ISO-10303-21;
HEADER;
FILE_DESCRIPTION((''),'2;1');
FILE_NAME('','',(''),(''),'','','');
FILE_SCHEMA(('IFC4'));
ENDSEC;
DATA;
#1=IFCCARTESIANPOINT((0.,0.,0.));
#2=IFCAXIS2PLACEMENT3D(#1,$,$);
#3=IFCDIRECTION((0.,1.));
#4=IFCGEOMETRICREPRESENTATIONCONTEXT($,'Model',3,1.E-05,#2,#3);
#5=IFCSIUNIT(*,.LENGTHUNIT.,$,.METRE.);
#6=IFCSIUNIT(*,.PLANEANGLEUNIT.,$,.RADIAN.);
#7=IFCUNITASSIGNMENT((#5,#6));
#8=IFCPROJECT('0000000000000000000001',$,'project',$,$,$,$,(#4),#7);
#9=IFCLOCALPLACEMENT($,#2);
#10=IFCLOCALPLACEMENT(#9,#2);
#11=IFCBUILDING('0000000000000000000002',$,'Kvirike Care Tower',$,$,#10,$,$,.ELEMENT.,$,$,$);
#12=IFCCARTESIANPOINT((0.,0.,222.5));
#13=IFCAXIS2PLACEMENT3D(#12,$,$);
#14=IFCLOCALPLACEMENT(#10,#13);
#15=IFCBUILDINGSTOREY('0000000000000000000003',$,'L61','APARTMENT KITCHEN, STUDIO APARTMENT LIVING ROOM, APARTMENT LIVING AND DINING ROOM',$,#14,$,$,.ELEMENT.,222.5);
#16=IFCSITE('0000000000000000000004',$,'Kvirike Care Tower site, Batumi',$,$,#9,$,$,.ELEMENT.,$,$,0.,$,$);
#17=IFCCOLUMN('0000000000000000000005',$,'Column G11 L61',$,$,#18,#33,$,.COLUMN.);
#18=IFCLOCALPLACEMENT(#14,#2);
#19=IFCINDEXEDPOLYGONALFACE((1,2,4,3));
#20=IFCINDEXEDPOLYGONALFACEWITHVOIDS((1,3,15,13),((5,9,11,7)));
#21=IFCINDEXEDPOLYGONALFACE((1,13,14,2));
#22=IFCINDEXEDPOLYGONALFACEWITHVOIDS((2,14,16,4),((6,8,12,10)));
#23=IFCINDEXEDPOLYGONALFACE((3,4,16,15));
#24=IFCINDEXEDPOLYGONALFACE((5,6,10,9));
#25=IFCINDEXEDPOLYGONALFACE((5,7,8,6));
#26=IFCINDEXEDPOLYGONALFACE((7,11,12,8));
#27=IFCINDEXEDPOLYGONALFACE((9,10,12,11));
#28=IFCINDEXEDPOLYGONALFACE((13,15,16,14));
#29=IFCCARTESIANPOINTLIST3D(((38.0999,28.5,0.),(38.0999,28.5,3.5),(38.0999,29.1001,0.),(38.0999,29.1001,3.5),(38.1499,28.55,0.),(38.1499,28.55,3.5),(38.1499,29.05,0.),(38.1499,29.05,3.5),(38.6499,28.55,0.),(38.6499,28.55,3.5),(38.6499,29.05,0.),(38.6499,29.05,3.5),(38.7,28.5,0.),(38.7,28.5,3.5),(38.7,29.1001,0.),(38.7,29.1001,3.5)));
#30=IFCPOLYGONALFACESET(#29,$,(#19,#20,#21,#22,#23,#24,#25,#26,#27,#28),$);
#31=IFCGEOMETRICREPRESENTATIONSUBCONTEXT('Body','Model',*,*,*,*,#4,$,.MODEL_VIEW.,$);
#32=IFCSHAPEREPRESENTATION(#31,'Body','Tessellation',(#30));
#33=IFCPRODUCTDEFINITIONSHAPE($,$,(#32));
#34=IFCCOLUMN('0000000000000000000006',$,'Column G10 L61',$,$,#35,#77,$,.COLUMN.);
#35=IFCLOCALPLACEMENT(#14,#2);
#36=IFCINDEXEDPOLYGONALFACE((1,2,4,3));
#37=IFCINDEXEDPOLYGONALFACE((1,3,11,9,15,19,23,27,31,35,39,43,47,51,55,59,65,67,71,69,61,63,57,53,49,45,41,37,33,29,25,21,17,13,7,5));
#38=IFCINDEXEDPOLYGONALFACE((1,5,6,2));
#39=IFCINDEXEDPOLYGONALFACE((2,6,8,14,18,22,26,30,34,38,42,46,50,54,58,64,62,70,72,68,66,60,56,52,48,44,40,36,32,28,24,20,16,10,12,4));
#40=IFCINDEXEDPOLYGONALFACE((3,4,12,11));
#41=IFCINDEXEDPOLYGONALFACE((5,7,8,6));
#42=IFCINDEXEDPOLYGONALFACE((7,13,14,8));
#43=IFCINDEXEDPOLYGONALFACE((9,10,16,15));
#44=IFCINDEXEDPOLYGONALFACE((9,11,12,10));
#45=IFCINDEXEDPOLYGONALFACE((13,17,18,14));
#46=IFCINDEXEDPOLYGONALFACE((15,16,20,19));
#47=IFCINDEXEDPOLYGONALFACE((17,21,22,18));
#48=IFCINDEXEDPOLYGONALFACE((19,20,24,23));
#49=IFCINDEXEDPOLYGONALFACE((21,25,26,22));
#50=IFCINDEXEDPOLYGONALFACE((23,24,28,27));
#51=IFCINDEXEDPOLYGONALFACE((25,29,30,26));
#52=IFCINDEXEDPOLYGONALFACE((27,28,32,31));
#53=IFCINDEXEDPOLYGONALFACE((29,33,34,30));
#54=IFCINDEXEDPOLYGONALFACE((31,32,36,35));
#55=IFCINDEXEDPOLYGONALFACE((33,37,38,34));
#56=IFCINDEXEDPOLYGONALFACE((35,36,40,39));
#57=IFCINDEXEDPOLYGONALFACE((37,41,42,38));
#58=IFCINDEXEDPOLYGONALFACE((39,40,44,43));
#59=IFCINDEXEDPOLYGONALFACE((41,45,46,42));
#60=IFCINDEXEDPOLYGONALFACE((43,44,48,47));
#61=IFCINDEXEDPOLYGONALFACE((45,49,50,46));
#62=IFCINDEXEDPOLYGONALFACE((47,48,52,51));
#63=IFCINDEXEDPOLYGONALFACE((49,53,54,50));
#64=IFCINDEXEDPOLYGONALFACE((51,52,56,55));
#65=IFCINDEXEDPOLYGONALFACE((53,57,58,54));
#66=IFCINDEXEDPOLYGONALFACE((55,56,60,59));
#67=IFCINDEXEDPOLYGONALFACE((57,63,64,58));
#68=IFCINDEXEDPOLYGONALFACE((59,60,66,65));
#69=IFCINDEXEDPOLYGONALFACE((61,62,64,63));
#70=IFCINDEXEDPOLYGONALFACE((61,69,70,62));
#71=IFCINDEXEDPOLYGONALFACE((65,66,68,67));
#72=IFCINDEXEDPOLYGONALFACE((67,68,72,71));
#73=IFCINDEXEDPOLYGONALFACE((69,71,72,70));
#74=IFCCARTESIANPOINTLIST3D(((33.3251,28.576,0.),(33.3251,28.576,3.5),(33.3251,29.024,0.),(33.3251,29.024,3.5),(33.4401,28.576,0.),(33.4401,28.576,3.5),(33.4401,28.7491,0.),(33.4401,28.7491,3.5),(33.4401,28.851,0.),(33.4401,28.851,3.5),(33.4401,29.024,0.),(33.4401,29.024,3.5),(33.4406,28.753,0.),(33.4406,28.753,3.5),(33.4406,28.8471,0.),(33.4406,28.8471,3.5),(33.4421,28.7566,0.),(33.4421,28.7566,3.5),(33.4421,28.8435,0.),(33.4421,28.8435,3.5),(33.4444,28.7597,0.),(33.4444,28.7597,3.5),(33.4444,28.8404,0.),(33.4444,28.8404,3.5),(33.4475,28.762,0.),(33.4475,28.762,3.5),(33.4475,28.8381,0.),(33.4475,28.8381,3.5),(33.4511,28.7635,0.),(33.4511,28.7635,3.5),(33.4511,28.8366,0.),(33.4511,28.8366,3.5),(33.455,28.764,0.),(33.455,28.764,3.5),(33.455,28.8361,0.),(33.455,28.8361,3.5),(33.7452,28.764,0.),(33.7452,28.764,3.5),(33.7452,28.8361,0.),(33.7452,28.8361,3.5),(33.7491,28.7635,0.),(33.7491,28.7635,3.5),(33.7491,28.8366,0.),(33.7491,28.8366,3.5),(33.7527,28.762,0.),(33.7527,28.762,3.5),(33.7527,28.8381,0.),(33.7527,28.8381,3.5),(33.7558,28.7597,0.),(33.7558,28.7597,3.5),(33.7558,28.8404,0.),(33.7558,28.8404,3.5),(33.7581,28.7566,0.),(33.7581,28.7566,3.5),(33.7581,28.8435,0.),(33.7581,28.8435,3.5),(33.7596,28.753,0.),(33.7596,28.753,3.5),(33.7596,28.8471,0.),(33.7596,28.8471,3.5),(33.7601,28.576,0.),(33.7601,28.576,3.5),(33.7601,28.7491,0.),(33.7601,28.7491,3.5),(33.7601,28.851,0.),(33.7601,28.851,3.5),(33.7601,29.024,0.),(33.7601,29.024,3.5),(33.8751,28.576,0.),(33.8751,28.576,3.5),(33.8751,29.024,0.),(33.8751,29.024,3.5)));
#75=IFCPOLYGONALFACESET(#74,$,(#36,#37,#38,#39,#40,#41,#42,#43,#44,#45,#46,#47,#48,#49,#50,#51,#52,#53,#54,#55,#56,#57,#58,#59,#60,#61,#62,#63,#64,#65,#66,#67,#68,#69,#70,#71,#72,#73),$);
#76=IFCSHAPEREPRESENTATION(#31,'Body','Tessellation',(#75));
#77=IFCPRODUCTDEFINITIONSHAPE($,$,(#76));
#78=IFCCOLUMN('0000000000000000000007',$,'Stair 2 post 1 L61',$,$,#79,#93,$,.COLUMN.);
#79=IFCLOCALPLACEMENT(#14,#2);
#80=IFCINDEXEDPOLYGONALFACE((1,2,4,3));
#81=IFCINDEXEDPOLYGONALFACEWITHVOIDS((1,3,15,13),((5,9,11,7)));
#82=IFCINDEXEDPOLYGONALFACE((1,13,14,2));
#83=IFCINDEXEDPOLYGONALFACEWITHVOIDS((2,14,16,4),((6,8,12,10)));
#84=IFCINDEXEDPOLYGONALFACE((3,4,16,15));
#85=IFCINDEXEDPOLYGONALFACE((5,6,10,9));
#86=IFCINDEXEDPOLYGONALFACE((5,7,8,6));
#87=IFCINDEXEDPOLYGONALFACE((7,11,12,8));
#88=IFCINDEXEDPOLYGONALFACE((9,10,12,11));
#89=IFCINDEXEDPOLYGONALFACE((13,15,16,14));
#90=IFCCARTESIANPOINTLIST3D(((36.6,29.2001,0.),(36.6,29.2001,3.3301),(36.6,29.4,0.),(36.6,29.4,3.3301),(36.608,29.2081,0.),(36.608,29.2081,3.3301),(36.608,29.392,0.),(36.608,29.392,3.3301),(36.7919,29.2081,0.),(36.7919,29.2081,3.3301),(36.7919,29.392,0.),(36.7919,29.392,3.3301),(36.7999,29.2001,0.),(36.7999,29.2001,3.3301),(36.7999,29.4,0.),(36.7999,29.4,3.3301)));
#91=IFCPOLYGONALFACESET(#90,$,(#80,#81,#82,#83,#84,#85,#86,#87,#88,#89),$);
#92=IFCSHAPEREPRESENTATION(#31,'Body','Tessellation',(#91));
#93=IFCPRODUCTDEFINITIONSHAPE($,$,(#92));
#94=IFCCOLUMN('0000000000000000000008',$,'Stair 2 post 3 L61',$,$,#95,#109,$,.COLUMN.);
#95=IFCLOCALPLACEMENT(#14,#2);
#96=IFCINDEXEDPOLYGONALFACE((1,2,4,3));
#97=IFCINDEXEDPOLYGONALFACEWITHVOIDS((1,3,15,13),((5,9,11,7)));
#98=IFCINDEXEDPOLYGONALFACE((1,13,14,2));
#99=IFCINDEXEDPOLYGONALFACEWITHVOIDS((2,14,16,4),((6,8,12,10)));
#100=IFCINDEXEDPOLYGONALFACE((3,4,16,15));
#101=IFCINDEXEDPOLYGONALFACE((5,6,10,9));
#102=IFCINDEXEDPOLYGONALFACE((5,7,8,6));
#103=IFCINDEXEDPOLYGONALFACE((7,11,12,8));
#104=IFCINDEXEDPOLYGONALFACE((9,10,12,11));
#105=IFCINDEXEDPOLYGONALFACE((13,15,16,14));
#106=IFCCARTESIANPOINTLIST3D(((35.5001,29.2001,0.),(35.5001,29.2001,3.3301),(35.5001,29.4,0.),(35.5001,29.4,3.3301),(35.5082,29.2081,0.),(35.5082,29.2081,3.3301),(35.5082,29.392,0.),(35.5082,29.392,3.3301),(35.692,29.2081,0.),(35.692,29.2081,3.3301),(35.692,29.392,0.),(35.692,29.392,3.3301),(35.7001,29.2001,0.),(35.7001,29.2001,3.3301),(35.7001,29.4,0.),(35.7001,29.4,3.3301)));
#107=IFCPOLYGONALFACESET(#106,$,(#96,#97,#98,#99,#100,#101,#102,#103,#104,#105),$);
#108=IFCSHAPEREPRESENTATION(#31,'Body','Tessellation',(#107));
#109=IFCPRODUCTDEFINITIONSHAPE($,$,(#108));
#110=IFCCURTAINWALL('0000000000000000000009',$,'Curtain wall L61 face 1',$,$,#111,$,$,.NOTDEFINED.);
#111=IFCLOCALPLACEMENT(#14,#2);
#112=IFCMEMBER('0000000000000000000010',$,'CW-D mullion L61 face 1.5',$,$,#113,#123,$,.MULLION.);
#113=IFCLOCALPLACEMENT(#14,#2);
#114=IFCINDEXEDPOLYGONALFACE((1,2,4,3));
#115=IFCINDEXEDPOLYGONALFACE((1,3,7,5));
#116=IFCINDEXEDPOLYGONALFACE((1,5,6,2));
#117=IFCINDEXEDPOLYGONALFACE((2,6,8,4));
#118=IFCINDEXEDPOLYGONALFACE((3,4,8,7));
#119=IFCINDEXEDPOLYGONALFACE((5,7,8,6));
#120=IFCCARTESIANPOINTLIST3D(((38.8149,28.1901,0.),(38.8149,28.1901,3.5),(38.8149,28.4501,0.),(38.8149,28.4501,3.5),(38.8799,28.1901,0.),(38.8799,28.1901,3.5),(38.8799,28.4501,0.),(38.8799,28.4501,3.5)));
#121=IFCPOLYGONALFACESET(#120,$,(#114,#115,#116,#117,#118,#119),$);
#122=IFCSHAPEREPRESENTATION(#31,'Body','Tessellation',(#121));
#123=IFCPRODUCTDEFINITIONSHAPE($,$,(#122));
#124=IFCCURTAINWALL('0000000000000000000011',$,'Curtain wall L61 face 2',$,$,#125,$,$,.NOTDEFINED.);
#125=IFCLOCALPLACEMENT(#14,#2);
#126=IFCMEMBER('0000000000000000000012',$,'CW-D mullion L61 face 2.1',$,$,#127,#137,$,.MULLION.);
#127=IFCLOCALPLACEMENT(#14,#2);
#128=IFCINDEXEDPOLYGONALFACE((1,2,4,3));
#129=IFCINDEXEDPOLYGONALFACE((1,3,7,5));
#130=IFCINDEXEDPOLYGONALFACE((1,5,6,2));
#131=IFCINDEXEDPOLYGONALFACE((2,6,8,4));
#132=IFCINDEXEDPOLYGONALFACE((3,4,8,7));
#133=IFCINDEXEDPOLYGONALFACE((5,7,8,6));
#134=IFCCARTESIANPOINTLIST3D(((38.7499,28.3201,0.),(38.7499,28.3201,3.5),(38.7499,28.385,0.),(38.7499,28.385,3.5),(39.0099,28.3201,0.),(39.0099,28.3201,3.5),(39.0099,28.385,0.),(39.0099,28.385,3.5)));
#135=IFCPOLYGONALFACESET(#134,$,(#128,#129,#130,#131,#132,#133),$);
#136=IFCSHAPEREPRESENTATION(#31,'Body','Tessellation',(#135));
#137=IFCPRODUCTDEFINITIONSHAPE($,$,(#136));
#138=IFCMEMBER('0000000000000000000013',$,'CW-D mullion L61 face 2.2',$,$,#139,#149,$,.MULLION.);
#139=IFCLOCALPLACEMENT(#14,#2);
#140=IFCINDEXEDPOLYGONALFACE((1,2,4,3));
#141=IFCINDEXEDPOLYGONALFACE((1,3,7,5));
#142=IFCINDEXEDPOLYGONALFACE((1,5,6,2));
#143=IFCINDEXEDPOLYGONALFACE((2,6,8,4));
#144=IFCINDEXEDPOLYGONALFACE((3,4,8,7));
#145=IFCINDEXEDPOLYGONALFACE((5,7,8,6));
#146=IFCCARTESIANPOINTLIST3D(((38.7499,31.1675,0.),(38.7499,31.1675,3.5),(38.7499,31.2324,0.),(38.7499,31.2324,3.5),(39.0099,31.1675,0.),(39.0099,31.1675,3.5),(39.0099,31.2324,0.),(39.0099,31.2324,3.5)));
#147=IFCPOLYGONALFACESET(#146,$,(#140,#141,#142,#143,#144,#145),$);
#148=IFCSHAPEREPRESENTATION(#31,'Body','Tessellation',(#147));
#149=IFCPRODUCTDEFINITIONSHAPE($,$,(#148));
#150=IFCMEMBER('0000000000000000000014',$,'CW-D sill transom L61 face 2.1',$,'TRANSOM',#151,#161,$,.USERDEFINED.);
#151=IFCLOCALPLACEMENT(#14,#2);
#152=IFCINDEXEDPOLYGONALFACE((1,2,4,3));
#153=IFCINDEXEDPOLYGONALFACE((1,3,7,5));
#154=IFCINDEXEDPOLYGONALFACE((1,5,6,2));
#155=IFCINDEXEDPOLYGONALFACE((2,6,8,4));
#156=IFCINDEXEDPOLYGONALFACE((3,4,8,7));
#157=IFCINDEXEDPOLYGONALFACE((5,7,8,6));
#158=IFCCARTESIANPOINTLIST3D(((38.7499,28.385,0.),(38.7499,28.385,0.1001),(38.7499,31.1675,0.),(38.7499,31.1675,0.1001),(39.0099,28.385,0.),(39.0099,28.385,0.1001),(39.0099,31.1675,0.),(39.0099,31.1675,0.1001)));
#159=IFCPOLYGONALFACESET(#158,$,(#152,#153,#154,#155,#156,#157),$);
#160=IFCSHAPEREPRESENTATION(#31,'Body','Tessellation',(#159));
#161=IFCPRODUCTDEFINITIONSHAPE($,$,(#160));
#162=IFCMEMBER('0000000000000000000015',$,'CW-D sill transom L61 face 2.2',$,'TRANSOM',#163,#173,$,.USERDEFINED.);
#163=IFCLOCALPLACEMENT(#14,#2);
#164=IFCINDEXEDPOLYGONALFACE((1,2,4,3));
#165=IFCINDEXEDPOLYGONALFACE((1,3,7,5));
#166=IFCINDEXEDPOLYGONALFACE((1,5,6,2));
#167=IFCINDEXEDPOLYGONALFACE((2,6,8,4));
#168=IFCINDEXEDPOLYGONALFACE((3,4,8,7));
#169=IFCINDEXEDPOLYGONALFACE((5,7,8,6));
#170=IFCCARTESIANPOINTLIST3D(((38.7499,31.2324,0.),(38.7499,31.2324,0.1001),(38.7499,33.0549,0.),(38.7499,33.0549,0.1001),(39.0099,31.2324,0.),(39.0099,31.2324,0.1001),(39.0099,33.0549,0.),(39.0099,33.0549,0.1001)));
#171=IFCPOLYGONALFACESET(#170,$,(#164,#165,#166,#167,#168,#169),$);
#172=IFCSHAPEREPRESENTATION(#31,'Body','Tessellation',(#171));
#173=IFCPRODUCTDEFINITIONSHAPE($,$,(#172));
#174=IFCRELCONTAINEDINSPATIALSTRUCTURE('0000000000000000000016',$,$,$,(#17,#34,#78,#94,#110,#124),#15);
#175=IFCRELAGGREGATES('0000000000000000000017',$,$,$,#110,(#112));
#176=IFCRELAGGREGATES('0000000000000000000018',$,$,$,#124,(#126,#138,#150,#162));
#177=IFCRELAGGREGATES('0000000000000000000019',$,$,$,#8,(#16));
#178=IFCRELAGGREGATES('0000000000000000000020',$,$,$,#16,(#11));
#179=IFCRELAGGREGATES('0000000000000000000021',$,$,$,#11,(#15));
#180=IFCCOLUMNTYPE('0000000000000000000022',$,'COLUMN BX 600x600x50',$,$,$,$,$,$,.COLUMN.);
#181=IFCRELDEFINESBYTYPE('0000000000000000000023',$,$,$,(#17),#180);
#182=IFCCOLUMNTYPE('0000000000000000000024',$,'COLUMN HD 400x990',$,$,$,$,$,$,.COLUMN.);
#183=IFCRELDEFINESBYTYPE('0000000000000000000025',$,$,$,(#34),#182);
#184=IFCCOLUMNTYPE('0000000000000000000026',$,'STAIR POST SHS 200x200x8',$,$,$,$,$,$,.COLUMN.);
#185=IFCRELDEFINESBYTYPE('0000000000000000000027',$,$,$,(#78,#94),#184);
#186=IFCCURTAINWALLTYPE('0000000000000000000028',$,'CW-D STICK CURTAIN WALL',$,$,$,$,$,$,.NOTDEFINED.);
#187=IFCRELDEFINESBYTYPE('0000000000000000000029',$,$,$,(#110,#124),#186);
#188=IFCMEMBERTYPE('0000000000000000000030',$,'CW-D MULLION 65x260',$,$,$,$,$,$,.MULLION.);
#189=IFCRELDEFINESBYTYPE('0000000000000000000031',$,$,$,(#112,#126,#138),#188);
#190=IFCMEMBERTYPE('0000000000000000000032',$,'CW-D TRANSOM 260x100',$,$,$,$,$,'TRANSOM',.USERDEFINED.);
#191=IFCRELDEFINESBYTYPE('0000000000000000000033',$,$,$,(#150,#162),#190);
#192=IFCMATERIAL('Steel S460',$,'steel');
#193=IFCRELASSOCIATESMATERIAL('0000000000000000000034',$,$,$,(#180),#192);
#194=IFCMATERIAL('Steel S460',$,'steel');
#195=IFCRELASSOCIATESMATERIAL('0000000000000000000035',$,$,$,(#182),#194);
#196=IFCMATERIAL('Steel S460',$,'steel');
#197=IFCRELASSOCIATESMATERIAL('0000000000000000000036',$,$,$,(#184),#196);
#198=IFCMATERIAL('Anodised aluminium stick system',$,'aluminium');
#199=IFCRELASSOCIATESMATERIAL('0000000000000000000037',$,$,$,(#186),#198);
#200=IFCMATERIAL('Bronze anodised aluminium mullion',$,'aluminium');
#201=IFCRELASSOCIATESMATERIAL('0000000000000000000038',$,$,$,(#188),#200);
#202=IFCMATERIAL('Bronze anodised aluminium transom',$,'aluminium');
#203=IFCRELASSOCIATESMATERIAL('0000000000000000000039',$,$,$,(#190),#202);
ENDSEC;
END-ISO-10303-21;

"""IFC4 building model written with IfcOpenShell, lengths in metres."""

from ifc_helpers import new_model, si_unit, direction, frame, origin, origin_2d, place, context, subcontext, project, spatial, rectangle, hollow_rectangle, i_section, extrude, material, material_profile, profile_set, type_object, element, aggregate, save


model = new_model("IFC4")

# Units and contexts
model_context = context("Model", 3, precision=1e-05, world=origin(), true_north=direction((0.0, 1.0)))
body_context = subcontext(model_context, "Body", "Model", "MODEL_VIEW")
ifc_project = project(units=[si_unit("LENGTHUNIT", "METRE"), si_unit("PLANEANGLEUNIT", "RADIAN")], contexts=[model_context])

# Site, building, storey
site_placement = place(None, origin())
site = spatial("IfcSite", under=ifc_project, at=site_placement, Name="Kvirike Care Tower site, Batumi", CompositionType="ELEMENT", RefElevation=0.0)
building_placement = place(site_placement, origin())
building = spatial("IfcBuilding", under=site, at=building_placement, Name="Kvirike Care Tower", CompositionType="ELEMENT")
storey_placement = place(building_placement, frame((0.0, 0.0, 222.5)))
storey = spatial("IfcBuildingStorey", under=building, at=storey_placement, Name="L61", Description="APARTMENT KITCHEN, STUDIO APARTMENT LIVING ROOM, APARTMENT LIVING AND DINING ROOM", CompositionType="ELEMENT", Elevation=222.5)

# Columns
ifc_material_1 = material(Name="Steel S460", Category="steel")
ifc_material_profile_1 = material_profile(ifc_material_1, hollow_rectangle(XDim=0.6001, YDim=0.6001, WallThickness=0.05, at=origin_2d()), Name="BX 600x600x50")
ifc_profile_set_1 = profile_set([ifc_material_profile_1], Name="Steel S460")
column_type_1 = type_object("IfcColumnType", Name="COLUMN BX 600x600x50", PredefinedType="COLUMN", material=ifc_profile_set_1)
column_1_placement = place(storey_placement, frame((38.3999, 28.8, 0.0), z_axis=(0.0, 0.0, 1.0), x_axis=(0.0, 1.0, 0.0)))
element("IfcColumn", 1, at=column_1_placement, inside=storey, type_object=column_type_1, Name="Column G11 L61", PredefinedType="COLUMN", context=body_context, shape_type="SweptSolid", body=[
    extrude(hollow_rectangle(XDim=0.6001, YDim=0.6001, WallThickness=0.05, at=origin_2d()), origin(), (0.0, 0.0, 1.0), 3.5),
])
ifc_material_2 = material(Name="Steel S460", Category="steel")
ifc_material_profile_2 = material_profile(ifc_material_2, i_section(OverallWidth=0.448, OverallDepth=0.55, WebThickness=0.072, FlangeThickness=0.115, FilletRadius=0.0149, at=origin_2d()), Name="HD 400x990")
ifc_profile_set_2 = profile_set([ifc_material_profile_2], Name="Steel S460")
column_type_2 = type_object("IfcColumnType", Name="COLUMN HD 400x990", PredefinedType="COLUMN", material=ifc_profile_set_2)
column_2_placement = place(storey_placement, frame((33.6001, 28.8, 0.0), z_axis=(0.0, 0.0, 1.0), x_axis=(0.0, 1.0, 0.0)))
element("IfcColumn", 2, at=column_2_placement, inside=storey, type_object=column_type_2, Name="Column G10 L61", PredefinedType="COLUMN", context=body_context, shape_type="SweptSolid", body=[
    extrude(i_section(OverallWidth=0.448, OverallDepth=0.55, WebThickness=0.072, FlangeThickness=0.115, FilletRadius=0.0149, at=origin_2d()), origin(), (0.0, 0.0, 1.0), 3.5),
])
ifc_material_3 = material(Name="Steel S460", Category="steel")
ifc_material_profile_3 = material_profile(ifc_material_3, hollow_rectangle(XDim=0.2, YDim=0.2, WallThickness=0.0081, at=origin_2d()), Name="SHS 200x200x8")
ifc_profile_set_3 = profile_set([ifc_material_profile_3], Name="Steel S460")
column_type_3 = type_object("IfcColumnType", Name="STAIR POST SHS 200x200x8", PredefinedType="COLUMN", material=ifc_profile_set_3)
for number, where, z_axis, x_axis, name in (
    (3, (36.7, 29.3, 0.0), (0.0, 0.0, 1.0), (1.0, 0.0, 0.0), "Stair 2 post 1 L61"),
    (4, (35.6001, 29.3, 0.0), (0.0, 0.0, 1.0), (1.0, 0.0, 0.0), "Stair 2 post 3 L61"),
):
    element("IfcColumn", number, at=place(storey_placement, frame(where, z_axis=z_axis, x_axis=x_axis)), inside=storey, type_object=column_type_3, Name=name, PredefinedType="COLUMN", context=body_context, shape_type="SweptSolid", body=[
        extrude(hollow_rectangle(XDim=0.2, YDim=0.2, WallThickness=0.0081, at=origin_2d()), origin(), (0.0, 0.0, 1.0), 3.3301),
    ])

# Curtain wall, member
ifc_material_4 = material(Name="Anodised aluminium stick system", Category="aluminium")
curtain_wall_type = type_object("IfcCurtainWallType", Name="CW-D STICK CURTAIN WALL", PredefinedType="NOTDEFINED", material=ifc_material_4)
curtain_wall_1_placement = place(storey_placement, origin())
curtain_wall_1 = element("IfcCurtainWall", 5, at=curtain_wall_1_placement, inside=storey, type_object=curtain_wall_type, Name="Curtain wall L61 face 1", PredefinedType="NOTDEFINED")
ifc_material_5 = material(Name="Bronze anodised aluminium mullion", Category="aluminium")
ifc_material_profile_4 = material_profile(ifc_material_5, rectangle(XDim=0.0649, YDim=0.26, at=origin_2d()), Name="CW-D MULLION 65x260")
ifc_profile_set_4 = profile_set([ifc_material_profile_4], Name="Bronze anodised aluminium mullion")
member_type_1 = type_object("IfcMemberType", Name="CW-D MULLION 65x260", PredefinedType="MULLION", material=ifc_profile_set_4)
member_1_placement = place(storey_placement, frame((38.8474, 28.3201, 0.0), z_axis=(0.0, 0.0, 1.0), x_axis=(1.0, 0.0, 0.0)))
member_1 = element("IfcMember", 6, at=member_1_placement, type_object=member_type_1, Name="CW-D mullion L61 face 1.5", PredefinedType="MULLION", context=body_context, shape_type="SweptSolid", body=[
    extrude(rectangle(XDim=0.0649, YDim=0.26, at=origin_2d()), origin(), (0.0, 0.0, 1.0), 3.5),
])
aggregate(curtain_wall_1, [member_1])

# Curtain wall, members
curtain_wall_2_placement = place(storey_placement, origin())
curtain_wall_2 = element("IfcCurtainWall", 7, at=curtain_wall_2_placement, inside=storey, type_object=curtain_wall_type, Name="Curtain wall L61 face 2", PredefinedType="NOTDEFINED")
member_2_placement = place(storey_placement, frame((38.8799, 28.3525, 0.0), z_axis=(0.0, 0.0, 1.0), x_axis=(0.0, 1.0, 0.0)))
member_2 = element("IfcMember", 8, at=member_2_placement, type_object=member_type_1, Name="CW-D mullion L61 face 2.1", PredefinedType="MULLION", context=body_context, shape_type="SweptSolid", body=[
    extrude(rectangle(XDim=0.0649, YDim=0.26, at=origin_2d()), origin(), (0.0, 0.0, 1.0), 3.5),
])
member_3_placement = place(storey_placement, frame((38.8799, 31.2, 0.0), z_axis=(0.0, 0.0, 1.0), x_axis=(0.0, 1.0, 0.0)))
member_3 = element("IfcMember", 9, at=member_3_placement, type_object=member_type_1, Name="CW-D mullion L61 face 2.2", PredefinedType="MULLION", context=body_context, shape_type="SweptSolid", body=[
    extrude(rectangle(XDim=0.0649, YDim=0.26, at=origin_2d()), origin(), (0.0, 0.0, 1.0), 3.5),
])
ifc_material_6 = material(Name="Bronze anodised aluminium transom", Category="aluminium")
ifc_material_profile_5 = material_profile(ifc_material_6, rectangle(XDim=0.26, YDim=0.1001, at=origin_2d()), Name="CW-D TRANSOM 260x100")
ifc_profile_set_5 = profile_set([ifc_material_profile_5], Name="Bronze anodised aluminium transom")
member_type_2 = type_object("IfcMemberType", Name="CW-D TRANSOM 260x100", ElementType="TRANSOM", PredefinedType="USERDEFINED", material=ifc_profile_set_5)
member_4_placement = place(storey_placement, frame((38.8799, 28.385, 0.05), z_axis=(0.0, 1.0, 0.0), x_axis=(-1.0, 0.0, 0.0)))
member_4 = element("IfcMember", 10, at=member_4_placement, type_object=member_type_2, Name="CW-D sill transom L61 face 2.1", ObjectType="TRANSOM", PredefinedType="USERDEFINED", context=body_context, shape_type="SweptSolid", body=[
    extrude(rectangle(XDim=0.26, YDim=0.1001, at=origin_2d()), origin(), (0.0, 0.0, 1.0), 2.7825),
])
member_5_placement = place(storey_placement, frame((38.8799, 31.2324, 0.05), z_axis=(0.0, 1.0, 0.0), x_axis=(-1.0, 0.0, 0.0)))
member_5 = element("IfcMember", 11, at=member_5_placement, type_object=member_type_2, Name="CW-D sill transom L61 face 2.2", ObjectType="TRANSOM", PredefinedType="USERDEFINED", context=body_context, shape_type="SweptSolid", body=[
    extrude(rectangle(XDim=0.26, YDim=0.1001, at=origin_2d()), origin(), (0.0, 0.0, 1.0), 1.8225),
])

aggregate(curtain_wall_2, [member_2, member_3, member_4, member_5])

save(model, "model.ifc")
